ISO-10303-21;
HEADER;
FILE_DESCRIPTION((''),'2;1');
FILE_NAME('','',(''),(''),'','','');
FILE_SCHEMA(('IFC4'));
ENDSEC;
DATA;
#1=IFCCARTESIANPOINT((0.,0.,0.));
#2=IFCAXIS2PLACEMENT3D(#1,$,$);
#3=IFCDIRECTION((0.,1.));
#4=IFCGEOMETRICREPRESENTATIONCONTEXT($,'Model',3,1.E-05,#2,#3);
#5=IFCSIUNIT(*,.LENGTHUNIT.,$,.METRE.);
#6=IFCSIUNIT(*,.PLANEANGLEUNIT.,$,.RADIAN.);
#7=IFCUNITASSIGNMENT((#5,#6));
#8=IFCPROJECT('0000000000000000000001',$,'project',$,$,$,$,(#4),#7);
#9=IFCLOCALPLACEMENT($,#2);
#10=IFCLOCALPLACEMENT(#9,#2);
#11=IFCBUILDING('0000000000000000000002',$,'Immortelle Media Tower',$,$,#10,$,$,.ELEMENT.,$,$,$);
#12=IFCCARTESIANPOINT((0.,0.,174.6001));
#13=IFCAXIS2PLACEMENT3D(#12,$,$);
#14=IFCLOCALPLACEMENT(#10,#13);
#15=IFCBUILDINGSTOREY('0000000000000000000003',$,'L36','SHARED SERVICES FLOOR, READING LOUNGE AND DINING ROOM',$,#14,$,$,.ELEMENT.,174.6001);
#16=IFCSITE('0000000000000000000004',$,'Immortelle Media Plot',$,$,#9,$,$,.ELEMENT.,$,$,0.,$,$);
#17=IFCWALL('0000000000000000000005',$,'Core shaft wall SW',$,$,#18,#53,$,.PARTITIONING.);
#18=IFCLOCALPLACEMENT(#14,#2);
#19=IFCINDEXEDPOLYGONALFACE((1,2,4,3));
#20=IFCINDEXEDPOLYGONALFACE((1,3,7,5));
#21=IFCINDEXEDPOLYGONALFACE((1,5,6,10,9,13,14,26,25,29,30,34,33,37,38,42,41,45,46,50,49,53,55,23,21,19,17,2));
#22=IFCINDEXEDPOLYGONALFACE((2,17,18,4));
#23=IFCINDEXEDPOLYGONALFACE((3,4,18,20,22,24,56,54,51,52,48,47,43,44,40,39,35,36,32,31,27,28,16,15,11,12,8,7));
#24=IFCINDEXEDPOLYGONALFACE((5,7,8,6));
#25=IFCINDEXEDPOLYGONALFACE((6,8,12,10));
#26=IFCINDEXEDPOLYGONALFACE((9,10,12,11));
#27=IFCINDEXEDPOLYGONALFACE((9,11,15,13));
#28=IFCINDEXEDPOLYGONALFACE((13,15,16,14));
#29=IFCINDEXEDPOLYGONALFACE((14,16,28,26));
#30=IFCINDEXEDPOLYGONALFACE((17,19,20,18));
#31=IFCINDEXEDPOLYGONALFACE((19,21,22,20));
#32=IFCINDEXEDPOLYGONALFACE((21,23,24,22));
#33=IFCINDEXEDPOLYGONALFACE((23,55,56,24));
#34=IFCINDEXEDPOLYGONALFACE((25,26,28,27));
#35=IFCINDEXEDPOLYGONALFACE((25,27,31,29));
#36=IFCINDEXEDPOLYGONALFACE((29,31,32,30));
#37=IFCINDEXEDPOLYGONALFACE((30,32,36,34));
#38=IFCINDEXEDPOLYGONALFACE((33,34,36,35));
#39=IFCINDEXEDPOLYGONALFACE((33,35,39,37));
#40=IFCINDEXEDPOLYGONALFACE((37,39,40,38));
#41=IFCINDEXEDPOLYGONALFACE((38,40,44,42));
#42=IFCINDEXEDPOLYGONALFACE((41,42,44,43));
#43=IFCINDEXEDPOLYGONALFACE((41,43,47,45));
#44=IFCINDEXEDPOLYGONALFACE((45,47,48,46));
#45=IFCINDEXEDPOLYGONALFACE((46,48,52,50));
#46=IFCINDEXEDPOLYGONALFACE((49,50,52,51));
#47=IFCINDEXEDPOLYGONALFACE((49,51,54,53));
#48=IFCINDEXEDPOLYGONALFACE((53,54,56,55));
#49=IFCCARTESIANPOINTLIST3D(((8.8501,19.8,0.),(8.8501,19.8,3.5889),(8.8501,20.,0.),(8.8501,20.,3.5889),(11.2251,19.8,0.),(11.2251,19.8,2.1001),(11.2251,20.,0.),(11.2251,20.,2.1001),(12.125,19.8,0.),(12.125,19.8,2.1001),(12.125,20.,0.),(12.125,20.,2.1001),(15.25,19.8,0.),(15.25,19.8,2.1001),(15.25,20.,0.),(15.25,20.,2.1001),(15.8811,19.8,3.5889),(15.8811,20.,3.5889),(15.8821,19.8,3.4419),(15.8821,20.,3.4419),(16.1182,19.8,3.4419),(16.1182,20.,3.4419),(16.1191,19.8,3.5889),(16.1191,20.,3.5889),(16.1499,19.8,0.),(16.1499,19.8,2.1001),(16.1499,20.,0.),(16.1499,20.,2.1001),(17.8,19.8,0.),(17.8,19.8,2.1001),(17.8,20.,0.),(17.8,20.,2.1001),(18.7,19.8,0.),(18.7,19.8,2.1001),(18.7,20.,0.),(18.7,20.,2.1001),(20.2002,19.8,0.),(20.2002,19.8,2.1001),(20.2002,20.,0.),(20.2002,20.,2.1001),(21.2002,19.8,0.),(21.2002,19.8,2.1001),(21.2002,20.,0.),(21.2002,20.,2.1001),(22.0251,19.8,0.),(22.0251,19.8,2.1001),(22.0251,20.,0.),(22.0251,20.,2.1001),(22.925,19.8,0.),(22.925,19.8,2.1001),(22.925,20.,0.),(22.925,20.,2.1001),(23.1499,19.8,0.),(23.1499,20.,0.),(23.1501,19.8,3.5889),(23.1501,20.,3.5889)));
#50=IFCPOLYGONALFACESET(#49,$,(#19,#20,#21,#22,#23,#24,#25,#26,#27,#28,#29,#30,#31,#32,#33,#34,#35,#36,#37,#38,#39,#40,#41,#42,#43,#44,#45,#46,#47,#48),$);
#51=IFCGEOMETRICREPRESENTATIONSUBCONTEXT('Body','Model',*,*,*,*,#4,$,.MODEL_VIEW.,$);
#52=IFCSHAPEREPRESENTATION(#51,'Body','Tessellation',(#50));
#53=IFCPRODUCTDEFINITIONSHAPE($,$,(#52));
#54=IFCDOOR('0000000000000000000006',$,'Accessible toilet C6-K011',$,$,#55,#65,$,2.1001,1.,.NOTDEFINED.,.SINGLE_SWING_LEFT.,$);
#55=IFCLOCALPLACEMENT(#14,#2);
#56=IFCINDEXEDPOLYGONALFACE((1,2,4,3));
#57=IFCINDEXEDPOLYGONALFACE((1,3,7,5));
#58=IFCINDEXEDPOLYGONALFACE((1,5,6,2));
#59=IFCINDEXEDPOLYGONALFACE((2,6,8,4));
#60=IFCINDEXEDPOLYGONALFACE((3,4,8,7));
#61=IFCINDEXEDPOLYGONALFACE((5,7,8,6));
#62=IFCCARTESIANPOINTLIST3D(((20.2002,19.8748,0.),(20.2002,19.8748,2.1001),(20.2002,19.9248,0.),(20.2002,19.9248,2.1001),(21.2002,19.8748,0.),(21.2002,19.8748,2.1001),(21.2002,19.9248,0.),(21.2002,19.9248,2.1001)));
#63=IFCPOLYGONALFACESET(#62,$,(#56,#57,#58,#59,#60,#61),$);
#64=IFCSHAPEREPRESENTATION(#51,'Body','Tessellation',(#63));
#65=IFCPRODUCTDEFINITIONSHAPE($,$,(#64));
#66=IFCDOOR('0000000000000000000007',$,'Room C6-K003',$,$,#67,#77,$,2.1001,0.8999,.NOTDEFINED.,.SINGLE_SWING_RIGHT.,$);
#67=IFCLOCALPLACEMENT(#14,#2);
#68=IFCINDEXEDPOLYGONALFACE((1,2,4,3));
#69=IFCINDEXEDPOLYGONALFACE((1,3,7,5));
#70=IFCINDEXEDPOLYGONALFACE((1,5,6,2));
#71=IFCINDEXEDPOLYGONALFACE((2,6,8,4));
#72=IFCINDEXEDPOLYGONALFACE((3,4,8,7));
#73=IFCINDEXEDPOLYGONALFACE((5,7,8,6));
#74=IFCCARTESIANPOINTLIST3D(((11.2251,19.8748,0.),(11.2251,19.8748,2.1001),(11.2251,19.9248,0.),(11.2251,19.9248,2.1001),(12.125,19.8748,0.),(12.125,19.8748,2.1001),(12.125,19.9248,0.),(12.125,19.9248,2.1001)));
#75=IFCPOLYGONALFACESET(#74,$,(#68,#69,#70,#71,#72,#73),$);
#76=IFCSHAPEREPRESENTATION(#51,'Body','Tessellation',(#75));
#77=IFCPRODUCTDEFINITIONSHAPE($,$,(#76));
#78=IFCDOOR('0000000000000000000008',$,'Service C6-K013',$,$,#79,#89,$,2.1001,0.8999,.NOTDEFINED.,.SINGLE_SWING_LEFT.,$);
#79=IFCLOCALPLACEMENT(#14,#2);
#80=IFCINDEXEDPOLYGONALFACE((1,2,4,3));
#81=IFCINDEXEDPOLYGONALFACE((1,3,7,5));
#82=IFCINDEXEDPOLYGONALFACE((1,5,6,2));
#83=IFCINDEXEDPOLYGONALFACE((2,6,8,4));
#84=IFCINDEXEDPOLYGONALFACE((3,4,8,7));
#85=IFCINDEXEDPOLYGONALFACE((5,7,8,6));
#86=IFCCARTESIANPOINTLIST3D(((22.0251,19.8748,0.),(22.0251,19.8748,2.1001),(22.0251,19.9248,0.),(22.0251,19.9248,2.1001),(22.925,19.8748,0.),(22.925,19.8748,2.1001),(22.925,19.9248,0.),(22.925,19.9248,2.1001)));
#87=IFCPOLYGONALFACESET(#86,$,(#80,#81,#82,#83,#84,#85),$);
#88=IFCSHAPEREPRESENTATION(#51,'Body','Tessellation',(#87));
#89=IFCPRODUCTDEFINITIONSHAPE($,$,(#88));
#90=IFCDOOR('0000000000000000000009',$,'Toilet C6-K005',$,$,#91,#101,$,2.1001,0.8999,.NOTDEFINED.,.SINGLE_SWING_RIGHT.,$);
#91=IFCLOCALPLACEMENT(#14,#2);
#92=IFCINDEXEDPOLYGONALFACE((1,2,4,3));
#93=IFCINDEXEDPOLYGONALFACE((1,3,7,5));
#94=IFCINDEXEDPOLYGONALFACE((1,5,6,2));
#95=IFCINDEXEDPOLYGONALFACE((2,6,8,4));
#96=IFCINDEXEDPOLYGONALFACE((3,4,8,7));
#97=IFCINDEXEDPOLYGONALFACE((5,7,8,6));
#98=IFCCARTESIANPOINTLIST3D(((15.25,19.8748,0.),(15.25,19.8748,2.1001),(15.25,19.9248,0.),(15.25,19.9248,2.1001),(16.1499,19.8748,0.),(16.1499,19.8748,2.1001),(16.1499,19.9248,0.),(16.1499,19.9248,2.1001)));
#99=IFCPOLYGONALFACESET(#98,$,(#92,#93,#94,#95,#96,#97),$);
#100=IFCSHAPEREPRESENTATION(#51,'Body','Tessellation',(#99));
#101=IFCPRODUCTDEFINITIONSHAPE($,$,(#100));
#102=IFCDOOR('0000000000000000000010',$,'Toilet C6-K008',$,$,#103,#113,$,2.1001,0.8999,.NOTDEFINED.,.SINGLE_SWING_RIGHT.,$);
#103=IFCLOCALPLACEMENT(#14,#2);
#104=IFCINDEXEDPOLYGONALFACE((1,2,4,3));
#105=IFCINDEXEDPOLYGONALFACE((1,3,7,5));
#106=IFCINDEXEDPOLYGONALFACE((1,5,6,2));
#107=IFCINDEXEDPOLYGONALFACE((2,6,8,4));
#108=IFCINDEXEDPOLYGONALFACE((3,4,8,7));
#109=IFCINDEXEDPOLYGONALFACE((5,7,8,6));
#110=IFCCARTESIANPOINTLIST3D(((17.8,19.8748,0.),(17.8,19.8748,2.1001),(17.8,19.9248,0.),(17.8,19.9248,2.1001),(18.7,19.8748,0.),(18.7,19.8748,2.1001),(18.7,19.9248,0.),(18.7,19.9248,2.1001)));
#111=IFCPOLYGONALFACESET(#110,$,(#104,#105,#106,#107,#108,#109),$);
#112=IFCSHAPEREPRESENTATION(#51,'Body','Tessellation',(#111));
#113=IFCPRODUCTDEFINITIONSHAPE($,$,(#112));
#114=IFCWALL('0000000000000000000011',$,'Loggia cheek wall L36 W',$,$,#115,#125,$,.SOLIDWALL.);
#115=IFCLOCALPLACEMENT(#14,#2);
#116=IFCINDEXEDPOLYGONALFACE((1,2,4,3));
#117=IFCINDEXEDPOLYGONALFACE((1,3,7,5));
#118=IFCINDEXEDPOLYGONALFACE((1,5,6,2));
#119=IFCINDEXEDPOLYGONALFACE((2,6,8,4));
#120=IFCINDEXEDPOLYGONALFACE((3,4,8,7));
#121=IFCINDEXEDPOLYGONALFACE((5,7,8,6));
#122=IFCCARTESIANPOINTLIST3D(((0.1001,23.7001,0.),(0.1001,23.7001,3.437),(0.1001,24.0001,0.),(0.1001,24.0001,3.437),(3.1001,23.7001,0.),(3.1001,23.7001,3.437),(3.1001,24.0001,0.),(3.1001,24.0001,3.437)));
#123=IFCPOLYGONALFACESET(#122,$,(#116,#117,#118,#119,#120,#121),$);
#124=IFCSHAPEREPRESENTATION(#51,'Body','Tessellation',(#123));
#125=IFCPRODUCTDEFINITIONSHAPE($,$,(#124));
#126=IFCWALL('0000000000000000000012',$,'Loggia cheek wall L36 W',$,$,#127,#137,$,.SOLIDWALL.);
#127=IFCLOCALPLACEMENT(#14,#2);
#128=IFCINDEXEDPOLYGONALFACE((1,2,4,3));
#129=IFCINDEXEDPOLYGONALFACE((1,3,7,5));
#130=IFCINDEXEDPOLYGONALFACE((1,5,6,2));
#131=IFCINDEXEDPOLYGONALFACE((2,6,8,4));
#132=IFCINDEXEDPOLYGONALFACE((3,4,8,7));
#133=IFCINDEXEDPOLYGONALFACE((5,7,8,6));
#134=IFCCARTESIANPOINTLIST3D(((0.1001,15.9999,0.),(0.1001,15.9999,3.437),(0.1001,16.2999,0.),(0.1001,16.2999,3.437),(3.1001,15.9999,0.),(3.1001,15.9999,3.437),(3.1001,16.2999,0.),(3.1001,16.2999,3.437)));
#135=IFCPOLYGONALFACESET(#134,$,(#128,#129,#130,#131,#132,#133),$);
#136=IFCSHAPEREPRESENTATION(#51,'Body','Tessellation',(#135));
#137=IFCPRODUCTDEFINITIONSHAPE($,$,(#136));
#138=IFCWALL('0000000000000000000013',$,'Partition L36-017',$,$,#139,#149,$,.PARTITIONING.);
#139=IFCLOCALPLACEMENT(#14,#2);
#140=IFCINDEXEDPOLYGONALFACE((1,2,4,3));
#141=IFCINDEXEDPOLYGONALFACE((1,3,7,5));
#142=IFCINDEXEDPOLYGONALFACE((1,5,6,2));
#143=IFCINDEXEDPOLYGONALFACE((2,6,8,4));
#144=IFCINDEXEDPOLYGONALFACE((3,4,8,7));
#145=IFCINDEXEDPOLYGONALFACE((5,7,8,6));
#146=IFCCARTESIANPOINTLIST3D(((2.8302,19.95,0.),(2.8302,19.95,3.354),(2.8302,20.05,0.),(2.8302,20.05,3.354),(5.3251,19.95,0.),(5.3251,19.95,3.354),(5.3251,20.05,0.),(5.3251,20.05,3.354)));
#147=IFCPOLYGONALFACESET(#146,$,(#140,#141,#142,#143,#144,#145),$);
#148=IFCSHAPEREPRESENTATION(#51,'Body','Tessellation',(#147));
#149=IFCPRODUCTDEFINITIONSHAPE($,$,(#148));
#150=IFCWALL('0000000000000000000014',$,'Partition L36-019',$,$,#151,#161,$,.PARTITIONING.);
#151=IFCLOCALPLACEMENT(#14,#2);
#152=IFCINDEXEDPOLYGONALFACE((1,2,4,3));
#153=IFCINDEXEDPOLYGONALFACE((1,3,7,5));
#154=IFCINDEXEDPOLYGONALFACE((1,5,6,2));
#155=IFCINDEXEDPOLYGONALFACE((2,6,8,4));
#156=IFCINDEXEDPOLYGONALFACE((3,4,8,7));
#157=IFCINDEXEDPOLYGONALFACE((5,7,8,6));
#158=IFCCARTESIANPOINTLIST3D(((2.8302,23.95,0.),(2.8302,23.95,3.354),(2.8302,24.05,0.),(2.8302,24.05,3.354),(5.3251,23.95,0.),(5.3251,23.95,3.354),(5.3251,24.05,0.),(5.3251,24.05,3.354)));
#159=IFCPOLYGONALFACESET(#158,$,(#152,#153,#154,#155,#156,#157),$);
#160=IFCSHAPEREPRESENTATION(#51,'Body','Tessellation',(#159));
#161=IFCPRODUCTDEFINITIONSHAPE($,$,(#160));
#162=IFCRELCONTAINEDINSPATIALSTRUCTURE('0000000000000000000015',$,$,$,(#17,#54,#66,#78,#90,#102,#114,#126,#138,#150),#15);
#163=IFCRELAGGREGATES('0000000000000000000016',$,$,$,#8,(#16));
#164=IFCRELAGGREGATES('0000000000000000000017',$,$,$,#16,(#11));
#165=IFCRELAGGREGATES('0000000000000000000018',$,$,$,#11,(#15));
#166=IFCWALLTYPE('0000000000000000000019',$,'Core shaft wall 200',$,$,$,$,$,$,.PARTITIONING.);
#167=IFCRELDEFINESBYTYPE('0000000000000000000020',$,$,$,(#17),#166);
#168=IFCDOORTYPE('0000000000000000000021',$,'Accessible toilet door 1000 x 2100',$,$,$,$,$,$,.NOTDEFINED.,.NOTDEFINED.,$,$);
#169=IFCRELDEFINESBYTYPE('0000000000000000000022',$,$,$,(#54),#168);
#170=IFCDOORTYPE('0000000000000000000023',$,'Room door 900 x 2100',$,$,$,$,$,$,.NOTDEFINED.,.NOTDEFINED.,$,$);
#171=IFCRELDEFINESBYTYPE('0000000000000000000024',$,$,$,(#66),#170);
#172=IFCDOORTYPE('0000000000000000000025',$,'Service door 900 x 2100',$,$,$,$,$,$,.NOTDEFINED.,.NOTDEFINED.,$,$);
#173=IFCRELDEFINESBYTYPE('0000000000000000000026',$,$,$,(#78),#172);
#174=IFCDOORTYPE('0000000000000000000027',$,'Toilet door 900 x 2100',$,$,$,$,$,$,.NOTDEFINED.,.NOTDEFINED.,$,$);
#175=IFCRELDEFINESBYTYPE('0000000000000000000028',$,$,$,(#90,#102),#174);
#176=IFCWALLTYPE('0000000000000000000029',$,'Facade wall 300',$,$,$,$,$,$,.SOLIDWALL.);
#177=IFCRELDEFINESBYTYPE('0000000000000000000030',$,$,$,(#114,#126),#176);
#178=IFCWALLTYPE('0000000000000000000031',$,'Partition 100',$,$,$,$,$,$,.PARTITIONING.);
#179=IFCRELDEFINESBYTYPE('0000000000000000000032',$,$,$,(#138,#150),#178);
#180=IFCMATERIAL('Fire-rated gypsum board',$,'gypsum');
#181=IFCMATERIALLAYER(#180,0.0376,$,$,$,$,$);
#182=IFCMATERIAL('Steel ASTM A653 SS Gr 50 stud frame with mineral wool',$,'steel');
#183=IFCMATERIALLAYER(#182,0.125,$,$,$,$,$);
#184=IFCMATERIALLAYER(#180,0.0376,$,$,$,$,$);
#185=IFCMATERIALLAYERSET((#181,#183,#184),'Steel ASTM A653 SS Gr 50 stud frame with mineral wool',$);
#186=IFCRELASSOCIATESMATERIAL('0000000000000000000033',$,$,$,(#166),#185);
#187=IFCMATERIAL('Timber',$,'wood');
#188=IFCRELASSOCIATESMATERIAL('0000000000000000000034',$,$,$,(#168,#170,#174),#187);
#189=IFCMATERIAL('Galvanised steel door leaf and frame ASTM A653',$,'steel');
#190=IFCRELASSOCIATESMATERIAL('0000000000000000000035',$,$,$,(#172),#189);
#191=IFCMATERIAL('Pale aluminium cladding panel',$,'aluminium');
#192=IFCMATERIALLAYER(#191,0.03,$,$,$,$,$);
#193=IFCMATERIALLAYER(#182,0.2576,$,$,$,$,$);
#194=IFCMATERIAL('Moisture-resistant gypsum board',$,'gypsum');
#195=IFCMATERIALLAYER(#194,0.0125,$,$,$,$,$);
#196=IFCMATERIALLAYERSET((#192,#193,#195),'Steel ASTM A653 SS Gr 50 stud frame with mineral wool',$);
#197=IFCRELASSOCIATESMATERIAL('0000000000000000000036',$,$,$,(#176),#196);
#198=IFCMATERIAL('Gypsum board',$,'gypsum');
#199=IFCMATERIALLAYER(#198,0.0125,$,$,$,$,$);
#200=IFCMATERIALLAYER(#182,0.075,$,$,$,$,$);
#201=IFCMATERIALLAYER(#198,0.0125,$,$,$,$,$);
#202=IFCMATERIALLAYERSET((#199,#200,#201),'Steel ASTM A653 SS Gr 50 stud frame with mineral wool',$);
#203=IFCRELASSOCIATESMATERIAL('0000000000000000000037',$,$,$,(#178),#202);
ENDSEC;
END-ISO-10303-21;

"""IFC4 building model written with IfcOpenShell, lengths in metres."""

from ifc_helpers import new_model, si_unit, direction, frame, frame_2d, origin, place, context, subcontext, project, spatial, polyline, rectangle, outline, extrude, material, layer, layer_set, type_object, element, fill, save


model = new_model("IFC4")

# Units and contexts
model_context = context("Model", 3, precision=1e-05, world=origin(), true_north=direction((0.0, 1.0)))
body_context = subcontext(model_context, "Body", "Model", "MODEL_VIEW")
ifc_project = project(units=[si_unit("LENGTHUNIT", "METRE"), si_unit("PLANEANGLEUNIT", "RADIAN")], contexts=[model_context])

# Site, building, storey
site_placement = place(None, origin())
site = spatial("IfcSite", under=ifc_project, at=site_placement, Name="Immortelle Media Plot", CompositionType="ELEMENT", RefElevation=0.0)
building_placement = place(site_placement, origin())
building = spatial("IfcBuilding", under=site, at=building_placement, Name="Immortelle Media Tower", CompositionType="ELEMENT")
storey_placement = place(building_placement, frame((0.0, 0.0, 174.6001)))
storey = spatial("IfcBuildingStorey", under=building, at=storey_placement, Name="L36", Description="SHARED SERVICES FLOOR, READING LOUNGE AND DINING ROOM", CompositionType="ELEMENT", Elevation=174.6001)

# Shared definitions
ifc_material_1 = material(Name="Fire-rated gypsum board", Category="gypsum")
ifc_material_2 = material(Name="Steel ASTM A653 SS Gr 50 stud frame with mineral wool", Category="steel")
ifc_layer_1 = layer(ifc_material_1, 0.0376)
ifc_layer_2 = layer(ifc_material_2, 0.125)
ifc_layer_3 = layer(ifc_material_1, 0.0376)
ifc_layer_set_1 = layer_set([ifc_layer_1, ifc_layer_2, ifc_layer_3], Name="Steel ASTM A653 SS Gr 50 stud frame with mineral wool")
wall_type_1 = type_object("IfcWallType", Name="Core shaft wall 200", PredefinedType="PARTITIONING", material=ifc_layer_set_1)

# Wall, openings, doors
wall_1_placement = place(storey_placement, frame((8.8501, 19.8999, 0.0), z_axis=(0.0, 0.0, 1.0), x_axis=(1.0, 0.0, 0.0)))
wall_1 = element("IfcWall", 1, at=wall_1_placement, inside=storey, type_object=wall_type_1, Name="Core shaft wall SW", PredefinedType="PARTITIONING", context=body_context, shape_type="SweptSolid", body=[
    extrude(outline(polyline([(0.0, 0.0), (14.2998, 0.0), (14.3, 3.5889), (7.269, 3.5889), (7.2681, 3.4419), (7.032, 3.4419), (7.031, 3.5889), (0.0, 3.5889), (0.0, 0.0)])), frame((0.0, 0.1001, 0.0), z_axis=(0.0, -1.0, 0.0), x_axis=(1.0, 0.0, 0.0)), (0.0, 0.0, 1.0), 0.2),
])
opening_1_placement = place(wall_1_placement, frame((2.375, 0.0, 0.0)))
opening_1 = element("IfcOpeningElement", 2, at=opening_1_placement, cuts=wall_1, PredefinedType="OPENING", context=body_context, shape_type="SweptSolid", body=[
    extrude(rectangle(XDim=0.8999, YDim=2.1001, at=frame_2d((0.45, 1.05))), frame((0.0, 0.1099, 0.0), z_axis=(0.0, -1.0, 0.0), x_axis=(1.0, 0.0, 0.0)), (0.0, 0.0, 1.0), 0.22),
])
opening_2_placement = place(wall_1_placement, frame((6.3999, 0.0, 0.0)))
opening_2 = element("IfcOpeningElement", 3, at=opening_2_placement, cuts=wall_1, PredefinedType="OPENING", context=body_context, shape_type="SweptSolid", body=[
    extrude(rectangle(XDim=0.8999, YDim=2.1001, at=frame_2d((0.45, 1.05))), frame((0.0, 0.1099, 0.0), z_axis=(0.0, -1.0, 0.0), x_axis=(1.0, 0.0, 0.0)), (0.0, 0.0, 1.0), 0.22),
])
opening_3_placement = place(wall_1_placement, frame((8.95, 0.0, 0.0)))
opening_3 = element("IfcOpeningElement", 4, at=opening_3_placement, cuts=wall_1, PredefinedType="OPENING", context=body_context, shape_type="SweptSolid", body=[
    extrude(rectangle(XDim=0.8999, YDim=2.1001, at=frame_2d((0.45, 1.05))), frame((0.0, 0.1099, 0.0), z_axis=(0.0, -1.0, 0.0), x_axis=(1.0, 0.0, 0.0)), (0.0, 0.0, 1.0), 0.22),
])
opening_4_placement = place(wall_1_placement, frame((11.3501, 0.0, 0.0)))
opening_4 = element("IfcOpeningElement", 5, at=opening_4_placement, cuts=wall_1, PredefinedType="OPENING", context=body_context, shape_type="SweptSolid", body=[
    extrude(rectangle(XDim=1.0, YDim=2.1001, at=frame_2d((0.5, 1.05))), frame((0.0, 0.1099, 0.0), z_axis=(0.0, -1.0, 0.0), x_axis=(1.0, 0.0, 0.0)), (0.0, 0.0, 1.0), 0.22),
])
opening_5_placement = place(wall_1_placement, frame((13.175, 0.0, 0.0)))
opening_5 = element("IfcOpeningElement", 6, at=opening_5_placement, cuts=wall_1, PredefinedType="OPENING", context=body_context, shape_type="SweptSolid", body=[
    extrude(rectangle(XDim=0.8999, YDim=2.1001, at=frame_2d((0.45, 1.05))), frame((0.0, 0.1099, 0.0), z_axis=(0.0, -1.0, 0.0), x_axis=(1.0, 0.0, 0.0)), (0.0, 0.0, 1.0), 0.22),
])
ifc_material_3 = material(Name="Timber", Category="wood")
door_type_1 = type_object("IfcDoorType", Name="Accessible toilet door 1000 x 2100", OperationType="NOTDEFINED", PredefinedType="NOTDEFINED", material=ifc_material_3)
door_1_placement = place(opening_4_placement, origin())
door_1 = element("IfcDoor", 7, at=door_1_placement, inside=storey, type_object=door_type_1, Name="Accessible toilet C6-K011", OperationType="SINGLE_SWING_LEFT", OverallHeight=2.1001, OverallWidth=1.0, PredefinedType="NOTDEFINED", context=body_context, shape_type="SweptSolid", body=[
    extrude(rectangle(XDim=1.0, YDim=2.1001, at=frame_2d((0.5, 1.05))), frame((0.0, 0.0249, 0.0), z_axis=(0.0, -1.0, 0.0), x_axis=(1.0, 0.0, 0.0)), (0.0, 0.0, 1.0), 0.05),
])
fill(opening_4, door_1)
door_type_2 = type_object("IfcDoorType", Name="Room door 900 x 2100", OperationType="NOTDEFINED", PredefinedType="NOTDEFINED", material=ifc_material_3)
door_2_placement = place(opening_1_placement, origin())
door_2 = element("IfcDoor", 8, at=door_2_placement, inside=storey, type_object=door_type_2, Name="Room C6-K003", OperationType="SINGLE_SWING_RIGHT", OverallHeight=2.1001, OverallWidth=0.8999, PredefinedType="NOTDEFINED", context=body_context, shape_type="SweptSolid", body=[
    extrude(rectangle(XDim=0.8999, YDim=2.1001, at=frame_2d((0.45, 1.05))), frame((0.0, 0.0249, 0.0), z_axis=(0.0, -1.0, 0.0), x_axis=(1.0, 0.0, 0.0)), (0.0, 0.0, 1.0), 0.05),
])
fill(opening_1, door_2)
ifc_material_4 = material(Name="Galvanised steel door leaf and frame ASTM A653", Category="steel")
door_type_3 = type_object("IfcDoorType", Name="Service door 900 x 2100", OperationType="NOTDEFINED", PredefinedType="NOTDEFINED", material=ifc_material_4)
door_3_placement = place(opening_5_placement, origin())
door_3 = element("IfcDoor", 9, at=door_3_placement, inside=storey, type_object=door_type_3, Name="Service C6-K013", OperationType="SINGLE_SWING_LEFT", OverallHeight=2.1001, OverallWidth=0.8999, PredefinedType="NOTDEFINED", context=body_context, shape_type="SweptSolid", body=[
    extrude(rectangle(XDim=0.8999, YDim=2.1001, at=frame_2d((0.45, 1.05))), frame((0.0, 0.0249, 0.0), z_axis=(0.0, -1.0, 0.0), x_axis=(1.0, 0.0, 0.0)), (0.0, 0.0, 1.0), 0.05),
])
fill(opening_5, door_3)
door_type_4 = type_object("IfcDoorType", Name="Toilet door 900 x 2100", OperationType="NOTDEFINED", PredefinedType="NOTDEFINED", material=ifc_material_3)
door_4_placement = place(opening_2_placement, origin())
door_4 = element("IfcDoor", 10, at=door_4_placement, inside=storey, type_object=door_type_4, Name="Toilet C6-K005", OperationType="SINGLE_SWING_RIGHT", OverallHeight=2.1001, OverallWidth=0.8999, PredefinedType="NOTDEFINED", context=body_context, shape_type="SweptSolid", body=[
    extrude(rectangle(XDim=0.8999, YDim=2.1001, at=frame_2d((0.45, 1.05))), frame((0.0, 0.0249, 0.0), z_axis=(0.0, -1.0, 0.0), x_axis=(1.0, 0.0, 0.0)), (0.0, 0.0, 1.0), 0.05),
])
fill(opening_2, door_4)
door_5_placement = place(opening_3_placement, origin())
door_5 = element("IfcDoor", 11, at=door_5_placement, inside=storey, type_object=door_type_4, Name="Toilet C6-K008", OperationType="SINGLE_SWING_RIGHT", OverallHeight=2.1001, OverallWidth=0.8999, PredefinedType="NOTDEFINED", context=body_context, shape_type="SweptSolid", body=[
    extrude(rectangle(XDim=0.8999, YDim=2.1001, at=frame_2d((0.45, 1.05))), frame((0.0, 0.0249, 0.0), z_axis=(0.0, -1.0, 0.0), x_axis=(1.0, 0.0, 0.0)), (0.0, 0.0, 1.0), 0.05),
])
fill(opening_3, door_5)

# Shared definitions
ifc_material_5 = material(Name="Pale aluminium cladding panel", Category="aluminium")
ifc_layer_4 = layer(ifc_material_5, 0.03)
ifc_layer_5 = layer(ifc_material_2, 0.2576)
ifc_material_6 = material(Name="Moisture-resistant gypsum board", Category="gypsum")
ifc_layer_6 = layer(ifc_material_6, 0.0125)
ifc_layer_set_2 = layer_set([ifc_layer_4, ifc_layer_5, ifc_layer_6], Name="Steel ASTM A653 SS Gr 50 stud frame with mineral wool")
wall_type_2 = type_object("IfcWallType", Name="Facade wall 300", PredefinedType="SOLIDWALL", material=ifc_layer_set_2)

# Walls
for number, where, z_axis, x_axis, name in (
    (12, (0.1001, 23.8501, 0.0), (0.0, 0.0, 1.0), (1.0, 0.0, 0.0), "Loggia cheek wall L36 W"),
    (13, (0.1001, 16.1499, 0.0), (0.0, 0.0, 1.0), (1.0, 0.0, 0.0), "Loggia cheek wall L36 W"),
):
    element("IfcWall", number, at=place(storey_placement, frame(where, z_axis=z_axis, x_axis=x_axis)), inside=storey, type_object=wall_type_2, Name=name, PredefinedType="SOLIDWALL", context=body_context, shape_type="SweptSolid", body=[
        extrude(rectangle(XDim=3.0, YDim=0.3, at=frame_2d((1.5, 0.0))), origin(), (0.0, 0.0, 1.0), 3.437),
    ])
ifc_material_7 = material(Name="Gypsum board", Category="gypsum")
ifc_layer_7 = layer(ifc_material_7, 0.0125)
ifc_layer_8 = layer(ifc_material_2, 0.075)
ifc_layer_9 = layer(ifc_material_7, 0.0125)
ifc_layer_set_3 = layer_set([ifc_layer_7, ifc_layer_8, ifc_layer_9], Name="Steel ASTM A653 SS Gr 50 stud frame with mineral wool")
wall_type_3 = type_object("IfcWallType", Name="Partition 100", PredefinedType="PARTITIONING", material=ifc_layer_set_3)
for number, where, z_axis, x_axis, name in (
    (14, (2.8301, 20.0, 0.0), (0.0, 0.0, 1.0), (1.0, 0.0, 0.0), "Partition L36-017"),
    (15, (2.8301, 24.0, 0.0), (0.0, 0.0, 1.0), (1.0, 0.0, 0.0), "Partition L36-019"),
):
    element("IfcWall", number, at=place(storey_placement, frame(where, z_axis=z_axis, x_axis=x_axis)), inside=storey, type_object=wall_type_3, Name=name, PredefinedType="PARTITIONING", context=body_context, shape_type="SweptSolid", body=[
        extrude(rectangle(XDim=2.4949, YDim=0.1001, at=frame_2d((1.2476, 0.0))), origin(), (0.0, 0.0, 1.0), 3.354),
    ])

save(model, "model.ifc")
